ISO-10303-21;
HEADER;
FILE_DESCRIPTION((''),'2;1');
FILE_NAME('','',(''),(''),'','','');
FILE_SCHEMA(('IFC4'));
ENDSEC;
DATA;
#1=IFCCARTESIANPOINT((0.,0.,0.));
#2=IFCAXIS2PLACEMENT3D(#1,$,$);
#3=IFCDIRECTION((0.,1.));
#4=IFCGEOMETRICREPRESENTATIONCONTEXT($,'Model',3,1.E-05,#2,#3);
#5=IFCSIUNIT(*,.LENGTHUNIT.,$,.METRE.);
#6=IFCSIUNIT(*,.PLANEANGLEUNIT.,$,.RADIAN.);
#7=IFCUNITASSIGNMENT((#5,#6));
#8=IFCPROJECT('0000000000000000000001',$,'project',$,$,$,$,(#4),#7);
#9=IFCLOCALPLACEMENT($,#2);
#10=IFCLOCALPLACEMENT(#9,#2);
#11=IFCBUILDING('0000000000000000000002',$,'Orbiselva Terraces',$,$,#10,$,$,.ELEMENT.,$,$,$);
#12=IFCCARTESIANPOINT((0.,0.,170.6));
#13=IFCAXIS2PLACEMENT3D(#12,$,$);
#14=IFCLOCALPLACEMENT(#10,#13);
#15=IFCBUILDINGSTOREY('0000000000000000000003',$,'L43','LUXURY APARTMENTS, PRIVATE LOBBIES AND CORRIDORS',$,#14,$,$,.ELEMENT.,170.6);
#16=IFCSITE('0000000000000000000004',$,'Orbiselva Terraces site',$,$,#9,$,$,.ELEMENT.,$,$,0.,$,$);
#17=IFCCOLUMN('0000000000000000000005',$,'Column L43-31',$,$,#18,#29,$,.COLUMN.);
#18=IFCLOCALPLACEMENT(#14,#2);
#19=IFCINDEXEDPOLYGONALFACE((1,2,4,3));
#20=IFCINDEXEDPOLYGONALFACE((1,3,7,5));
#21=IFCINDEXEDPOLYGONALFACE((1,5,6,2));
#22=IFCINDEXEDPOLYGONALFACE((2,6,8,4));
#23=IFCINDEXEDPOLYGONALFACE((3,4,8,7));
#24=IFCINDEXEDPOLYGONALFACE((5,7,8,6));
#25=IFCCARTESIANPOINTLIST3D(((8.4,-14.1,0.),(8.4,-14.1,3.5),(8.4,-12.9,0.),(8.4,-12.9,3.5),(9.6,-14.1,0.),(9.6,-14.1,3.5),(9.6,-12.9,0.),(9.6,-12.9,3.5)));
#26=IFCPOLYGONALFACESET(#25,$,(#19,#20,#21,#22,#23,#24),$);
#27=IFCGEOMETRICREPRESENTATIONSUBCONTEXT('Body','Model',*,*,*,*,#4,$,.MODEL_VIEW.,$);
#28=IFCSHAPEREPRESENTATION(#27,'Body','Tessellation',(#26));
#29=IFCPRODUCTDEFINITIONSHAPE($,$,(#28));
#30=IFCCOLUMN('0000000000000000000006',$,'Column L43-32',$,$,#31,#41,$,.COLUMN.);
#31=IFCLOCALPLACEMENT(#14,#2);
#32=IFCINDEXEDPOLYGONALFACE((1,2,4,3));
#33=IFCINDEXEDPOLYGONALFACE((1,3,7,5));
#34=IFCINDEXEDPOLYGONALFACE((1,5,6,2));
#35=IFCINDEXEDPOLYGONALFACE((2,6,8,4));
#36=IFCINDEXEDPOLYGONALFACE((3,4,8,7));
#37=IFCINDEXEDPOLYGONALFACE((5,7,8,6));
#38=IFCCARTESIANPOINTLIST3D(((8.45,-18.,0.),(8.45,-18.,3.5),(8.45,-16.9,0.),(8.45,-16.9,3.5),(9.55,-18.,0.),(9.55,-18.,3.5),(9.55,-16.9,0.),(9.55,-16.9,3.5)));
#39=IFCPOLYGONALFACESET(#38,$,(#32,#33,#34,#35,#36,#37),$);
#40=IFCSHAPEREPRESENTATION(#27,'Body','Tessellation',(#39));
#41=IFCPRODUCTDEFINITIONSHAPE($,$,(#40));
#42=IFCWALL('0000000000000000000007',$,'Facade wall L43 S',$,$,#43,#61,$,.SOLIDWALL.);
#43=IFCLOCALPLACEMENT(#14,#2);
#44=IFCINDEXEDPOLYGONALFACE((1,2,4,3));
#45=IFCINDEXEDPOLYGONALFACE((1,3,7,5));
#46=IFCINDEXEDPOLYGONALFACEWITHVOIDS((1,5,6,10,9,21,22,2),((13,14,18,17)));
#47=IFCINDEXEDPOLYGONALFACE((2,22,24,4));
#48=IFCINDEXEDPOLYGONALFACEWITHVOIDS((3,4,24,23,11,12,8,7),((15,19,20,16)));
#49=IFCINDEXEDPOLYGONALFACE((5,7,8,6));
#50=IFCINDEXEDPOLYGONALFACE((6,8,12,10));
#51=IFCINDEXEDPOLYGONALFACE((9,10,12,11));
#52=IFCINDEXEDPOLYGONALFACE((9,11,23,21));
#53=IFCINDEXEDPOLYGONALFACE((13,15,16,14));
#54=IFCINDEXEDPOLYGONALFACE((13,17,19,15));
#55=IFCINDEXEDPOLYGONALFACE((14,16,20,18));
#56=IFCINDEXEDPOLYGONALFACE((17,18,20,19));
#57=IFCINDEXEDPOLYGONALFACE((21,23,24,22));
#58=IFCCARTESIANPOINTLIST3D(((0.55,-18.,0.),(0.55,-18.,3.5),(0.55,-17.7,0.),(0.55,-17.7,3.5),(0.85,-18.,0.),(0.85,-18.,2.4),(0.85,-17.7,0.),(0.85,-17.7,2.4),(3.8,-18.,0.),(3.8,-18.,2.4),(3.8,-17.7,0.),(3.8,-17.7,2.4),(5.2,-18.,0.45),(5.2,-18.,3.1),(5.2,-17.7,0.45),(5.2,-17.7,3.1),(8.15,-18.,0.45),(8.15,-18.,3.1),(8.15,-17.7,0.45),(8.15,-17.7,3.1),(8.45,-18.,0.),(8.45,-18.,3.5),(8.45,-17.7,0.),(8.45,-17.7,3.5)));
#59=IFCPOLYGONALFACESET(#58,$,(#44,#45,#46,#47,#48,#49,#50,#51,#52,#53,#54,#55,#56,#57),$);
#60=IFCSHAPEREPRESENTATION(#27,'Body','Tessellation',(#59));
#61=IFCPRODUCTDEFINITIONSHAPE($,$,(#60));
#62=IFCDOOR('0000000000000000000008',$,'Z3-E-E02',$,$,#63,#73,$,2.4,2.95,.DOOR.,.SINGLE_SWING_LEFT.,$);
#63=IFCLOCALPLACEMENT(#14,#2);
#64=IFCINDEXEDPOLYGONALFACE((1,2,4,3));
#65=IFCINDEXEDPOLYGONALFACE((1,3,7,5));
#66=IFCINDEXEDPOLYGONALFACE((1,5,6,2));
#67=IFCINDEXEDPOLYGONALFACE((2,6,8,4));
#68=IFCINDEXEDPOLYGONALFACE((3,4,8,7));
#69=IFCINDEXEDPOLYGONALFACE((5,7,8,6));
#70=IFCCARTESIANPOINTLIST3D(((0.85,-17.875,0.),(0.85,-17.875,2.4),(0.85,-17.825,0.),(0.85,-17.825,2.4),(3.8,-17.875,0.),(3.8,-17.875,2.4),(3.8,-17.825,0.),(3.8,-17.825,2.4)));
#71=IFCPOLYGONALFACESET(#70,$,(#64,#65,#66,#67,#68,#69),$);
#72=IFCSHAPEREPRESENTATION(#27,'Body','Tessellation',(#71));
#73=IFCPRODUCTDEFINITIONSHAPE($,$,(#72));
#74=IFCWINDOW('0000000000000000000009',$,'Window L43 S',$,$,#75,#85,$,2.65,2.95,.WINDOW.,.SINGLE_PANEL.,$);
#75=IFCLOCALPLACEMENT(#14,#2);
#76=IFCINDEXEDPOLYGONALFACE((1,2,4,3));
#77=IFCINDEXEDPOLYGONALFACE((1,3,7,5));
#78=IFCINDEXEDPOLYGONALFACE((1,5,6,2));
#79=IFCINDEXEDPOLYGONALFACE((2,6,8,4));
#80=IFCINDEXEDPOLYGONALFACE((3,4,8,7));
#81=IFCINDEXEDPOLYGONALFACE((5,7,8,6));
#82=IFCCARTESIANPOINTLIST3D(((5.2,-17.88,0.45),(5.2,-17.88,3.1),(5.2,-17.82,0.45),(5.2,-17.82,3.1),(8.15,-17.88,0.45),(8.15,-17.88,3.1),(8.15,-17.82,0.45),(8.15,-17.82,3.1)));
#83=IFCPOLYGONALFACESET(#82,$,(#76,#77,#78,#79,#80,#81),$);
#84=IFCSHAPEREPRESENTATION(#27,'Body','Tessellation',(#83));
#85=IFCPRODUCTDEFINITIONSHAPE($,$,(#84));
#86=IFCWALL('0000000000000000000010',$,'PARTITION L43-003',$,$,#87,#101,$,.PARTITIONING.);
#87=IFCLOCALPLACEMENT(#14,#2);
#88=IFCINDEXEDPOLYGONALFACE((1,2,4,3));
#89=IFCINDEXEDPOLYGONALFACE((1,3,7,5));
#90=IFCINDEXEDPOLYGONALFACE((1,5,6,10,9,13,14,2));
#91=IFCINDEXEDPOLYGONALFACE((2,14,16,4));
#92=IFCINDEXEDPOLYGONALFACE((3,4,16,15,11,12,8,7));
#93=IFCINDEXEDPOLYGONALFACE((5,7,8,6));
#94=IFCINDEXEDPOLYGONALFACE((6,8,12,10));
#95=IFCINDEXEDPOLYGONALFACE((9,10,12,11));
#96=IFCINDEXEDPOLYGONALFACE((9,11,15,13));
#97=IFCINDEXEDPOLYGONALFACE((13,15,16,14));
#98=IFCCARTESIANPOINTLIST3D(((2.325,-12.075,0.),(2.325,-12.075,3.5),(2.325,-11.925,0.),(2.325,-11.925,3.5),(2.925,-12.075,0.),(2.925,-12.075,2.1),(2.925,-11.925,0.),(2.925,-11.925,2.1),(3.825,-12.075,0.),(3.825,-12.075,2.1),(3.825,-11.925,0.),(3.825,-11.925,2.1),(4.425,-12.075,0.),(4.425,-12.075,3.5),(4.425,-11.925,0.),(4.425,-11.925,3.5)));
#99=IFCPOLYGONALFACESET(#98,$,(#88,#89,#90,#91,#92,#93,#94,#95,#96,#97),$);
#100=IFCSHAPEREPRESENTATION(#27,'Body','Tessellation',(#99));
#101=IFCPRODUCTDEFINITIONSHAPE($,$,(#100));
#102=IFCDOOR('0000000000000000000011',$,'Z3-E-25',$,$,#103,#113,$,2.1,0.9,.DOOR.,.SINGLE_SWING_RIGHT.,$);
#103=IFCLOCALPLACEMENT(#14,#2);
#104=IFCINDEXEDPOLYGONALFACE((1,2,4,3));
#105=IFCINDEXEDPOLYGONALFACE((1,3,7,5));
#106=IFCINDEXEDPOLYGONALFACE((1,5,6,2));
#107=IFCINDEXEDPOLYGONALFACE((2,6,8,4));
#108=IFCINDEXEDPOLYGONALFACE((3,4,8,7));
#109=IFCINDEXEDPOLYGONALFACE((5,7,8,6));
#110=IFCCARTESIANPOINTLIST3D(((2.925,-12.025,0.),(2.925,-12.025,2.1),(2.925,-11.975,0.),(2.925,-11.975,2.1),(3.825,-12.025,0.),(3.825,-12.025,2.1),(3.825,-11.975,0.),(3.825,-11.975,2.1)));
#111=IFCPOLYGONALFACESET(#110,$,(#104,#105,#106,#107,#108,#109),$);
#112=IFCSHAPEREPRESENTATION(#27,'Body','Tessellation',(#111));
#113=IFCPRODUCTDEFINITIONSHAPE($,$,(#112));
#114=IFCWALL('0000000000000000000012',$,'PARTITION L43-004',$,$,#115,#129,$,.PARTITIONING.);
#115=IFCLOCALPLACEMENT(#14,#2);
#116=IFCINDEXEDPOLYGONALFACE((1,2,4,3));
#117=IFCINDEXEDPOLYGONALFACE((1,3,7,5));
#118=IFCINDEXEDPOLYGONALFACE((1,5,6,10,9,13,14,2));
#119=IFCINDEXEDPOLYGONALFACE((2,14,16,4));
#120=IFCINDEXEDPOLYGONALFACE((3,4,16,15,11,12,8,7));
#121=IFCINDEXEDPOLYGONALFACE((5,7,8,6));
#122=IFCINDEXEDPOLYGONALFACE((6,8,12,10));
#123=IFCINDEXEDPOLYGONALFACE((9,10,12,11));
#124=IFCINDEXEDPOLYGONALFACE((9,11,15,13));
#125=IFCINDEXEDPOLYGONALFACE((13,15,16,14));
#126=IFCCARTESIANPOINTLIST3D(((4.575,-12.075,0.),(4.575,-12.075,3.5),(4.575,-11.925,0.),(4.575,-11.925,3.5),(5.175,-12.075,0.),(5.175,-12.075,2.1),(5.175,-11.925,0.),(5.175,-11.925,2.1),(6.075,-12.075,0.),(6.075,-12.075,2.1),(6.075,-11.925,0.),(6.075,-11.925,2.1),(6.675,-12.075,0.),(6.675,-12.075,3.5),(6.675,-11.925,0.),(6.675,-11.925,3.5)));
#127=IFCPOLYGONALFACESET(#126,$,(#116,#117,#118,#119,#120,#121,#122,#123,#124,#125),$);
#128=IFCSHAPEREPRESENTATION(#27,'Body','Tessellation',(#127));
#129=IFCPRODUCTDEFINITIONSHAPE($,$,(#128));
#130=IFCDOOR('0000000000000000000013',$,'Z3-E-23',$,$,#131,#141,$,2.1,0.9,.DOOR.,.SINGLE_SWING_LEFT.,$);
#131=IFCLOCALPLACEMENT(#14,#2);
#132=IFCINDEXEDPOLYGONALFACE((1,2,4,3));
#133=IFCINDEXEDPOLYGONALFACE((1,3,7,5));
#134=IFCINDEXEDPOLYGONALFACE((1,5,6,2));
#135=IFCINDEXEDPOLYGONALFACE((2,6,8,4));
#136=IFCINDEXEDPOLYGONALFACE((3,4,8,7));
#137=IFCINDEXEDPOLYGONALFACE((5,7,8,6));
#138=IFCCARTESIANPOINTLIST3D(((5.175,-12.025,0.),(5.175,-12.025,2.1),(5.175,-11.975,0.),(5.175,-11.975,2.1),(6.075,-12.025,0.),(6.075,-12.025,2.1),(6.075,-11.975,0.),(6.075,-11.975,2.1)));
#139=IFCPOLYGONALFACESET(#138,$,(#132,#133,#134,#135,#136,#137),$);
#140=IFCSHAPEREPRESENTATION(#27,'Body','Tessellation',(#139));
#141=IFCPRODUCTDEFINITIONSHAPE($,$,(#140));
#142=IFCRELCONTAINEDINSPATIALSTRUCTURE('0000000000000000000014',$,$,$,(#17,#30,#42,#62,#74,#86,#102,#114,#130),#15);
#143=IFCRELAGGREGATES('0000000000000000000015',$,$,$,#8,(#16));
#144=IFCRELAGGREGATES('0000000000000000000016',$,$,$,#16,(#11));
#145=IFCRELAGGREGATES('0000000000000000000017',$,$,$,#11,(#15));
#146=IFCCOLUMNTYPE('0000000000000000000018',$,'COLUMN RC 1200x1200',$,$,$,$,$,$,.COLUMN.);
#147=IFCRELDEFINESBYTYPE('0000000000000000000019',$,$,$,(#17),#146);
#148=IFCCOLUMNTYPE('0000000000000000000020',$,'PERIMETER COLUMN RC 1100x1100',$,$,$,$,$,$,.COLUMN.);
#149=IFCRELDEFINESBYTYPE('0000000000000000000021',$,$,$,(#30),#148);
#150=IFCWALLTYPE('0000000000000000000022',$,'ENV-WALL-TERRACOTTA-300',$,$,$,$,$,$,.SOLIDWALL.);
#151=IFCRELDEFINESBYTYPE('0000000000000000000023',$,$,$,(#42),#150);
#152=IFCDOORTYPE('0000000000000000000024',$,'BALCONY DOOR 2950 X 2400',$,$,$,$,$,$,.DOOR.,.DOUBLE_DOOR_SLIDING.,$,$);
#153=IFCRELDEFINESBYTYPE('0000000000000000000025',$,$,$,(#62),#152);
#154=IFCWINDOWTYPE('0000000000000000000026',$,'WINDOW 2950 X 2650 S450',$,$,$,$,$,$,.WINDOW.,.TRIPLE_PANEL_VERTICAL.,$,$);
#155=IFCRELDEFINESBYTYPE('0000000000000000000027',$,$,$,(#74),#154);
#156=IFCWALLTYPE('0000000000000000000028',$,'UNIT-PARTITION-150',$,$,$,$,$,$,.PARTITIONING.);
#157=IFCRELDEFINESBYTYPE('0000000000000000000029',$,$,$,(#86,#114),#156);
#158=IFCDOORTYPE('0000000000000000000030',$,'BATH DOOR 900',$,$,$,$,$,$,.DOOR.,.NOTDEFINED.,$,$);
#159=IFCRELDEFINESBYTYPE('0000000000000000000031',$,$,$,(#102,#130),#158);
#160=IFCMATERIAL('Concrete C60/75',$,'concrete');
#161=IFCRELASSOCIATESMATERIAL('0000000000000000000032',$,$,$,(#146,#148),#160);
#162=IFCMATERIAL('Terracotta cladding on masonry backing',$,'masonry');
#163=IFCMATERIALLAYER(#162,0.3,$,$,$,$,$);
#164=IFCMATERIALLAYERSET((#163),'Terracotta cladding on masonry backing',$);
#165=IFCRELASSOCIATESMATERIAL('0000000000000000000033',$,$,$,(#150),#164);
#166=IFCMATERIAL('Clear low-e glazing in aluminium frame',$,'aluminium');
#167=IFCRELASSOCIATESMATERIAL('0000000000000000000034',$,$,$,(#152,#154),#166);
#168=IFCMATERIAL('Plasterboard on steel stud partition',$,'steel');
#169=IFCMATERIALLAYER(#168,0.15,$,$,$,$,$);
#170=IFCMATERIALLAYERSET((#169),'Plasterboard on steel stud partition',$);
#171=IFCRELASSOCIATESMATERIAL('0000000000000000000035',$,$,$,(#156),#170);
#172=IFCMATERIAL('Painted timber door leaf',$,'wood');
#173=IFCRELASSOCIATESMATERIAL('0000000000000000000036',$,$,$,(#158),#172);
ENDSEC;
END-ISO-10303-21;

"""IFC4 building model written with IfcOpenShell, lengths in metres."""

from ifc_helpers import new_model, si_unit, direction, frame, frame_2d, origin, origin_2d, place, context, subcontext, project, spatial, rectangle, extrude, material, layer, layer_set, material_profile, profile_set, type_object, element, fill, save


model = new_model("IFC4")

# Units and contexts
model_context = context("Model", 3, precision=1e-05, world=origin(), true_north=direction((0.0, 1.0)))
body_context = subcontext(model_context, "Body", "Model", "MODEL_VIEW")
ifc_project = project(units=[si_unit("LENGTHUNIT", "METRE"), si_unit("PLANEANGLEUNIT", "RADIAN")], contexts=[model_context])

# Site, building, storey
site_placement = place(None, origin())
site = spatial("IfcSite", under=ifc_project, at=site_placement, Name="Orbiselva Terraces site", CompositionType="ELEMENT", RefElevation=0.0)
building_placement = place(site_placement, origin())
building = spatial("IfcBuilding", under=site, at=building_placement, Name="Orbiselva Terraces", CompositionType="ELEMENT")
storey_placement = place(building_placement, frame((0.0, 0.0, 170.6)))
storey = spatial("IfcBuildingStorey", under=building, at=storey_placement, Name="L43", Description="LUXURY APARTMENTS, PRIVATE LOBBIES AND CORRIDORS", CompositionType="ELEMENT", Elevation=170.6)

# Columns
ifc_material_1 = material(Name="Concrete C60/75", Category="concrete")
ifc_material_profile_1 = material_profile(ifc_material_1, rectangle(XDim=1.2, YDim=1.2, at=origin_2d()), Name="RC 1200x1200")
ifc_profile_set_1 = profile_set([ifc_material_profile_1], Name="Concrete C60/75")
column_type_1 = type_object("IfcColumnType", Name="COLUMN RC 1200x1200", PredefinedType="COLUMN", material=ifc_profile_set_1)
column_1_placement = place(storey_placement, frame((9.0, -13.5, 0.0), z_axis=(0.0, 0.0, 1.0), x_axis=(1.0, 0.0, 0.0)))
element("IfcColumn", 1, at=column_1_placement, inside=storey, type_object=column_type_1, Name="Column L43-31", PredefinedType="COLUMN", context=body_context, shape_type="SweptSolid", body=[
    extrude(rectangle(XDim=1.2, YDim=1.2, at=origin_2d()), origin(), (0.0, 0.0, 1.0), 3.5),
])
ifc_material_profile_2 = material_profile(ifc_material_1, rectangle(XDim=1.1, YDim=1.1, at=origin_2d()), Name="RC 1100x1100")
ifc_profile_set_2 = profile_set([ifc_material_profile_2], Name="Concrete C60/75")
column_type_2 = type_object("IfcColumnType", Name="PERIMETER COLUMN RC 1100x1100", PredefinedType="COLUMN", material=ifc_profile_set_2)
column_2_placement = place(storey_placement, frame((9.0, -17.45, 0.0), z_axis=(0.0, 0.0, 1.0), x_axis=(1.0, 0.0, 0.0)))
element("IfcColumn", 2, at=column_2_placement, inside=storey, type_object=column_type_2, Name="Column L43-32", PredefinedType="COLUMN", context=body_context, shape_type="SweptSolid", body=[
    extrude(rectangle(XDim=1.1, YDim=1.1, at=origin_2d()), origin(), (0.0, 0.0, 1.0), 3.5),
])

# Wall, openings, door, window
ifc_material_2 = material(Name="Terracotta cladding on masonry backing", Category="masonry")
ifc_layer_1 = layer(ifc_material_2, 0.3)
ifc_layer_set_1 = layer_set([ifc_layer_1], Name="Terracotta cladding on masonry backing")
wall_type_1 = type_object("IfcWallType", Name="ENV-WALL-TERRACOTTA-300", PredefinedType="SOLIDWALL", material=ifc_layer_set_1)
wall_1_placement = place(storey_placement, frame((8.45, -17.85, 0.0), z_axis=(0.0, 0.0, 1.0), x_axis=(-1.0, 0.0, 0.0)))
wall_1 = element("IfcWall", 3, at=wall_1_placement, inside=storey, type_object=wall_type_1, Name="Facade wall L43 S", PredefinedType="SOLIDWALL", context=body_context, shape_type="SweptSolid", body=[
    extrude(rectangle(XDim=7.9, YDim=0.3, at=frame_2d((3.95, 0.0))), origin(), (0.0, 0.0, 1.0), 3.5),
])
opening_1_placement = place(wall_1_placement, frame((4.65, 0.0, 0.0)))
opening_1 = element("IfcOpeningElement", 4, at=opening_1_placement, cuts=wall_1, PredefinedType="OPENING", context=body_context, shape_type="SweptSolid", body=[
    extrude(rectangle(XDim=2.95, YDim=2.4, at=frame_2d((1.475, 1.2))), frame((0.0, 0.16, 0.0), z_axis=(0.0, -1.0, 0.0), x_axis=(1.0, 0.0, 0.0)), (0.0, 0.0, 1.0), 0.32),
])
opening_2_placement = place(wall_1_placement, frame((0.3, 0.0, 0.45)))
opening_2 = element("IfcOpeningElement", 5, at=opening_2_placement, cuts=wall_1, PredefinedType="OPENING", context=body_context, shape_type="SweptSolid", body=[
    extrude(rectangle(XDim=2.95, YDim=2.65, at=frame_2d((1.475, 1.325))), frame((0.0, 0.16, 0.0), z_axis=(0.0, -1.0, 0.0), x_axis=(1.0, 0.0, 0.0)), (0.0, 0.0, 1.0), 0.32),
])
ifc_material_3 = material(Name="Clear low-e glazing in aluminium frame", Category="aluminium")
door_type_1 = type_object("IfcDoorType", Name="BALCONY DOOR 2950 X 2400", OperationType="DOUBLE_DOOR_SLIDING", PredefinedType="DOOR", material=ifc_material_3)
door_1_placement = place(opening_1_placement, origin())
door_1 = element("IfcDoor", 6, at=door_1_placement, inside=storey, type_object=door_type_1, Name="Z3-E-E02", OperationType="SINGLE_SWING_LEFT", OverallHeight=2.4, OverallWidth=2.95, PredefinedType="DOOR", context=body_context, shape_type="SweptSolid", body=[
    extrude(rectangle(XDim=2.95, YDim=2.4, at=frame_2d((1.475, 1.2))), frame((0.0, 0.025, 0.0), z_axis=(0.0, -1.0, 0.0), x_axis=(1.0, 0.0, 0.0)), (0.0, 0.0, 1.0), 0.05),
])
fill(opening_1, door_1)
window_type = type_object("IfcWindowType", Name="WINDOW 2950 X 2650 S450", PartitioningType="TRIPLE_PANEL_VERTICAL", PredefinedType="WINDOW", material=ifc_material_3)
window_placement = place(opening_2_placement, origin())
window = element("IfcWindow", 7, at=window_placement, inside=storey, type_object=window_type, Name="Window L43 S", OverallHeight=2.65, OverallWidth=2.95, PartitioningType="SINGLE_PANEL", PredefinedType="WINDOW", context=body_context, shape_type="SweptSolid", body=[
    extrude(rectangle(XDim=2.95, YDim=2.65, at=frame_2d((1.475, 1.325))), frame((0.0, 0.03, 0.0), z_axis=(0.0, -1.0, 0.0), x_axis=(1.0, 0.0, 0.0)), (0.0, 0.0, 1.0), 0.06),
])
fill(opening_2, window)

# Walls, openings, doors
ifc_material_4 = material(Name="Plasterboard on steel stud partition", Category="steel")
ifc_layer_2 = layer(ifc_material_4, 0.15)
ifc_layer_set_2 = layer_set([ifc_layer_2], Name="Plasterboard on steel stud partition")
wall_type_2 = type_object("IfcWallType", Name="UNIT-PARTITION-150", PredefinedType="PARTITIONING", material=ifc_layer_set_2)
wall_2_placement = place(storey_placement, frame((2.325, -12.0, 0.0), z_axis=(0.0, 0.0, 1.0), x_axis=(1.0, 0.0, 0.0)))
wall_2 = element("IfcWall", 8, at=wall_2_placement, inside=storey, type_object=wall_type_2, Name="PARTITION L43-003", PredefinedType="PARTITIONING", context=body_context, shape_type="SweptSolid", body=[
    extrude(rectangle(XDim=2.1, YDim=0.15, at=frame_2d((1.05, 0.0))), origin(), (0.0, 0.0, 1.0), 3.5),
])
opening_3_placement = place(wall_2_placement, frame((0.6, 0.0, 0.0)))
opening_3 = element("IfcOpeningElement", 9, at=opening_3_placement, cuts=wall_2, PredefinedType="OPENING", context=body_context, shape_type="SweptSolid", body=[
    extrude(rectangle(XDim=0.9, YDim=2.1, at=frame_2d((0.45, 1.05))), frame((0.0, 0.085, 0.0), z_axis=(0.0, -1.0, 0.0), x_axis=(1.0, 0.0, 0.0)), (0.0, 0.0, 1.0), 0.17),
])
ifc_material_5 = material(Name="Painted timber door leaf", Category="wood")
door_type_2 = type_object("IfcDoorType", Name="BATH DOOR 900", OperationType="NOTDEFINED", PredefinedType="DOOR", material=ifc_material_5)
door_2_placement = place(opening_3_placement, origin())
door_2 = element("IfcDoor", 10, at=door_2_placement, inside=storey, type_object=door_type_2, Name="Z3-E-25", OperationType="SINGLE_SWING_RIGHT", OverallHeight=2.1, OverallWidth=0.9, PredefinedType="DOOR", context=body_context, shape_type="SweptSolid", body=[
    extrude(rectangle(XDim=0.9, YDim=2.1, at=frame_2d((0.45, 1.05))), frame((0.0, 0.025, 0.0), z_axis=(0.0, -1.0, 0.0), x_axis=(1.0, 0.0, 0.0)), (0.0, 0.0, 1.0), 0.05),
])
fill(opening_3, door_2)
wall_3_placement = place(storey_placement, frame((4.575, -12.0, 0.0), z_axis=(0.0, 0.0, 1.0), x_axis=(1.0, 0.0, 0.0)))
wall_3 = element("IfcWall", 11, at=wall_3_placement, inside=storey, type_object=wall_type_2, Name="PARTITION L43-004", PredefinedType="PARTITIONING", context=body_context, shape_type="SweptSolid", body=[
    extrude(rectangle(XDim=2.1, YDim=0.15, at=frame_2d((1.05, 0.0))), origin(), (0.0, 0.0, 1.0), 3.5),
])
opening_4_placement = place(wall_3_placement, frame((0.6, 0.0, 0.0)))
opening_4 = element("IfcOpeningElement", 12, at=opening_4_placement, cuts=wall_3, PredefinedType="OPENING", context=body_context, shape_type="SweptSolid", body=[
    extrude(rectangle(XDim=0.9, YDim=2.1, at=frame_2d((0.45, 1.05))), frame((0.0, 0.085, 0.0), z_axis=(0.0, -1.0, 0.0), x_axis=(1.0, 0.0, 0.0)), (0.0, 0.0, 1.0), 0.17),
])
door_3_placement = place(opening_4_placement, origin())
door_3 = element("IfcDoor", 13, at=door_3_placement, inside=storey, type_object=door_type_2, Name="Z3-E-23", OperationType="SINGLE_SWING_LEFT", OverallHeight=2.1, OverallWidth=0.9, PredefinedType="DOOR", context=body_context, shape_type="SweptSolid", body=[
    extrude(rectangle(XDim=0.9, YDim=2.1, at=frame_2d((0.45, 1.05))), frame((0.0, 0.025, 0.0), z_axis=(0.0, -1.0, 0.0), x_axis=(1.0, 0.0, 0.0)), (0.0, 0.0, 1.0), 0.05),
])
fill(opening_4, door_3)

save(model, "model.ifc")
